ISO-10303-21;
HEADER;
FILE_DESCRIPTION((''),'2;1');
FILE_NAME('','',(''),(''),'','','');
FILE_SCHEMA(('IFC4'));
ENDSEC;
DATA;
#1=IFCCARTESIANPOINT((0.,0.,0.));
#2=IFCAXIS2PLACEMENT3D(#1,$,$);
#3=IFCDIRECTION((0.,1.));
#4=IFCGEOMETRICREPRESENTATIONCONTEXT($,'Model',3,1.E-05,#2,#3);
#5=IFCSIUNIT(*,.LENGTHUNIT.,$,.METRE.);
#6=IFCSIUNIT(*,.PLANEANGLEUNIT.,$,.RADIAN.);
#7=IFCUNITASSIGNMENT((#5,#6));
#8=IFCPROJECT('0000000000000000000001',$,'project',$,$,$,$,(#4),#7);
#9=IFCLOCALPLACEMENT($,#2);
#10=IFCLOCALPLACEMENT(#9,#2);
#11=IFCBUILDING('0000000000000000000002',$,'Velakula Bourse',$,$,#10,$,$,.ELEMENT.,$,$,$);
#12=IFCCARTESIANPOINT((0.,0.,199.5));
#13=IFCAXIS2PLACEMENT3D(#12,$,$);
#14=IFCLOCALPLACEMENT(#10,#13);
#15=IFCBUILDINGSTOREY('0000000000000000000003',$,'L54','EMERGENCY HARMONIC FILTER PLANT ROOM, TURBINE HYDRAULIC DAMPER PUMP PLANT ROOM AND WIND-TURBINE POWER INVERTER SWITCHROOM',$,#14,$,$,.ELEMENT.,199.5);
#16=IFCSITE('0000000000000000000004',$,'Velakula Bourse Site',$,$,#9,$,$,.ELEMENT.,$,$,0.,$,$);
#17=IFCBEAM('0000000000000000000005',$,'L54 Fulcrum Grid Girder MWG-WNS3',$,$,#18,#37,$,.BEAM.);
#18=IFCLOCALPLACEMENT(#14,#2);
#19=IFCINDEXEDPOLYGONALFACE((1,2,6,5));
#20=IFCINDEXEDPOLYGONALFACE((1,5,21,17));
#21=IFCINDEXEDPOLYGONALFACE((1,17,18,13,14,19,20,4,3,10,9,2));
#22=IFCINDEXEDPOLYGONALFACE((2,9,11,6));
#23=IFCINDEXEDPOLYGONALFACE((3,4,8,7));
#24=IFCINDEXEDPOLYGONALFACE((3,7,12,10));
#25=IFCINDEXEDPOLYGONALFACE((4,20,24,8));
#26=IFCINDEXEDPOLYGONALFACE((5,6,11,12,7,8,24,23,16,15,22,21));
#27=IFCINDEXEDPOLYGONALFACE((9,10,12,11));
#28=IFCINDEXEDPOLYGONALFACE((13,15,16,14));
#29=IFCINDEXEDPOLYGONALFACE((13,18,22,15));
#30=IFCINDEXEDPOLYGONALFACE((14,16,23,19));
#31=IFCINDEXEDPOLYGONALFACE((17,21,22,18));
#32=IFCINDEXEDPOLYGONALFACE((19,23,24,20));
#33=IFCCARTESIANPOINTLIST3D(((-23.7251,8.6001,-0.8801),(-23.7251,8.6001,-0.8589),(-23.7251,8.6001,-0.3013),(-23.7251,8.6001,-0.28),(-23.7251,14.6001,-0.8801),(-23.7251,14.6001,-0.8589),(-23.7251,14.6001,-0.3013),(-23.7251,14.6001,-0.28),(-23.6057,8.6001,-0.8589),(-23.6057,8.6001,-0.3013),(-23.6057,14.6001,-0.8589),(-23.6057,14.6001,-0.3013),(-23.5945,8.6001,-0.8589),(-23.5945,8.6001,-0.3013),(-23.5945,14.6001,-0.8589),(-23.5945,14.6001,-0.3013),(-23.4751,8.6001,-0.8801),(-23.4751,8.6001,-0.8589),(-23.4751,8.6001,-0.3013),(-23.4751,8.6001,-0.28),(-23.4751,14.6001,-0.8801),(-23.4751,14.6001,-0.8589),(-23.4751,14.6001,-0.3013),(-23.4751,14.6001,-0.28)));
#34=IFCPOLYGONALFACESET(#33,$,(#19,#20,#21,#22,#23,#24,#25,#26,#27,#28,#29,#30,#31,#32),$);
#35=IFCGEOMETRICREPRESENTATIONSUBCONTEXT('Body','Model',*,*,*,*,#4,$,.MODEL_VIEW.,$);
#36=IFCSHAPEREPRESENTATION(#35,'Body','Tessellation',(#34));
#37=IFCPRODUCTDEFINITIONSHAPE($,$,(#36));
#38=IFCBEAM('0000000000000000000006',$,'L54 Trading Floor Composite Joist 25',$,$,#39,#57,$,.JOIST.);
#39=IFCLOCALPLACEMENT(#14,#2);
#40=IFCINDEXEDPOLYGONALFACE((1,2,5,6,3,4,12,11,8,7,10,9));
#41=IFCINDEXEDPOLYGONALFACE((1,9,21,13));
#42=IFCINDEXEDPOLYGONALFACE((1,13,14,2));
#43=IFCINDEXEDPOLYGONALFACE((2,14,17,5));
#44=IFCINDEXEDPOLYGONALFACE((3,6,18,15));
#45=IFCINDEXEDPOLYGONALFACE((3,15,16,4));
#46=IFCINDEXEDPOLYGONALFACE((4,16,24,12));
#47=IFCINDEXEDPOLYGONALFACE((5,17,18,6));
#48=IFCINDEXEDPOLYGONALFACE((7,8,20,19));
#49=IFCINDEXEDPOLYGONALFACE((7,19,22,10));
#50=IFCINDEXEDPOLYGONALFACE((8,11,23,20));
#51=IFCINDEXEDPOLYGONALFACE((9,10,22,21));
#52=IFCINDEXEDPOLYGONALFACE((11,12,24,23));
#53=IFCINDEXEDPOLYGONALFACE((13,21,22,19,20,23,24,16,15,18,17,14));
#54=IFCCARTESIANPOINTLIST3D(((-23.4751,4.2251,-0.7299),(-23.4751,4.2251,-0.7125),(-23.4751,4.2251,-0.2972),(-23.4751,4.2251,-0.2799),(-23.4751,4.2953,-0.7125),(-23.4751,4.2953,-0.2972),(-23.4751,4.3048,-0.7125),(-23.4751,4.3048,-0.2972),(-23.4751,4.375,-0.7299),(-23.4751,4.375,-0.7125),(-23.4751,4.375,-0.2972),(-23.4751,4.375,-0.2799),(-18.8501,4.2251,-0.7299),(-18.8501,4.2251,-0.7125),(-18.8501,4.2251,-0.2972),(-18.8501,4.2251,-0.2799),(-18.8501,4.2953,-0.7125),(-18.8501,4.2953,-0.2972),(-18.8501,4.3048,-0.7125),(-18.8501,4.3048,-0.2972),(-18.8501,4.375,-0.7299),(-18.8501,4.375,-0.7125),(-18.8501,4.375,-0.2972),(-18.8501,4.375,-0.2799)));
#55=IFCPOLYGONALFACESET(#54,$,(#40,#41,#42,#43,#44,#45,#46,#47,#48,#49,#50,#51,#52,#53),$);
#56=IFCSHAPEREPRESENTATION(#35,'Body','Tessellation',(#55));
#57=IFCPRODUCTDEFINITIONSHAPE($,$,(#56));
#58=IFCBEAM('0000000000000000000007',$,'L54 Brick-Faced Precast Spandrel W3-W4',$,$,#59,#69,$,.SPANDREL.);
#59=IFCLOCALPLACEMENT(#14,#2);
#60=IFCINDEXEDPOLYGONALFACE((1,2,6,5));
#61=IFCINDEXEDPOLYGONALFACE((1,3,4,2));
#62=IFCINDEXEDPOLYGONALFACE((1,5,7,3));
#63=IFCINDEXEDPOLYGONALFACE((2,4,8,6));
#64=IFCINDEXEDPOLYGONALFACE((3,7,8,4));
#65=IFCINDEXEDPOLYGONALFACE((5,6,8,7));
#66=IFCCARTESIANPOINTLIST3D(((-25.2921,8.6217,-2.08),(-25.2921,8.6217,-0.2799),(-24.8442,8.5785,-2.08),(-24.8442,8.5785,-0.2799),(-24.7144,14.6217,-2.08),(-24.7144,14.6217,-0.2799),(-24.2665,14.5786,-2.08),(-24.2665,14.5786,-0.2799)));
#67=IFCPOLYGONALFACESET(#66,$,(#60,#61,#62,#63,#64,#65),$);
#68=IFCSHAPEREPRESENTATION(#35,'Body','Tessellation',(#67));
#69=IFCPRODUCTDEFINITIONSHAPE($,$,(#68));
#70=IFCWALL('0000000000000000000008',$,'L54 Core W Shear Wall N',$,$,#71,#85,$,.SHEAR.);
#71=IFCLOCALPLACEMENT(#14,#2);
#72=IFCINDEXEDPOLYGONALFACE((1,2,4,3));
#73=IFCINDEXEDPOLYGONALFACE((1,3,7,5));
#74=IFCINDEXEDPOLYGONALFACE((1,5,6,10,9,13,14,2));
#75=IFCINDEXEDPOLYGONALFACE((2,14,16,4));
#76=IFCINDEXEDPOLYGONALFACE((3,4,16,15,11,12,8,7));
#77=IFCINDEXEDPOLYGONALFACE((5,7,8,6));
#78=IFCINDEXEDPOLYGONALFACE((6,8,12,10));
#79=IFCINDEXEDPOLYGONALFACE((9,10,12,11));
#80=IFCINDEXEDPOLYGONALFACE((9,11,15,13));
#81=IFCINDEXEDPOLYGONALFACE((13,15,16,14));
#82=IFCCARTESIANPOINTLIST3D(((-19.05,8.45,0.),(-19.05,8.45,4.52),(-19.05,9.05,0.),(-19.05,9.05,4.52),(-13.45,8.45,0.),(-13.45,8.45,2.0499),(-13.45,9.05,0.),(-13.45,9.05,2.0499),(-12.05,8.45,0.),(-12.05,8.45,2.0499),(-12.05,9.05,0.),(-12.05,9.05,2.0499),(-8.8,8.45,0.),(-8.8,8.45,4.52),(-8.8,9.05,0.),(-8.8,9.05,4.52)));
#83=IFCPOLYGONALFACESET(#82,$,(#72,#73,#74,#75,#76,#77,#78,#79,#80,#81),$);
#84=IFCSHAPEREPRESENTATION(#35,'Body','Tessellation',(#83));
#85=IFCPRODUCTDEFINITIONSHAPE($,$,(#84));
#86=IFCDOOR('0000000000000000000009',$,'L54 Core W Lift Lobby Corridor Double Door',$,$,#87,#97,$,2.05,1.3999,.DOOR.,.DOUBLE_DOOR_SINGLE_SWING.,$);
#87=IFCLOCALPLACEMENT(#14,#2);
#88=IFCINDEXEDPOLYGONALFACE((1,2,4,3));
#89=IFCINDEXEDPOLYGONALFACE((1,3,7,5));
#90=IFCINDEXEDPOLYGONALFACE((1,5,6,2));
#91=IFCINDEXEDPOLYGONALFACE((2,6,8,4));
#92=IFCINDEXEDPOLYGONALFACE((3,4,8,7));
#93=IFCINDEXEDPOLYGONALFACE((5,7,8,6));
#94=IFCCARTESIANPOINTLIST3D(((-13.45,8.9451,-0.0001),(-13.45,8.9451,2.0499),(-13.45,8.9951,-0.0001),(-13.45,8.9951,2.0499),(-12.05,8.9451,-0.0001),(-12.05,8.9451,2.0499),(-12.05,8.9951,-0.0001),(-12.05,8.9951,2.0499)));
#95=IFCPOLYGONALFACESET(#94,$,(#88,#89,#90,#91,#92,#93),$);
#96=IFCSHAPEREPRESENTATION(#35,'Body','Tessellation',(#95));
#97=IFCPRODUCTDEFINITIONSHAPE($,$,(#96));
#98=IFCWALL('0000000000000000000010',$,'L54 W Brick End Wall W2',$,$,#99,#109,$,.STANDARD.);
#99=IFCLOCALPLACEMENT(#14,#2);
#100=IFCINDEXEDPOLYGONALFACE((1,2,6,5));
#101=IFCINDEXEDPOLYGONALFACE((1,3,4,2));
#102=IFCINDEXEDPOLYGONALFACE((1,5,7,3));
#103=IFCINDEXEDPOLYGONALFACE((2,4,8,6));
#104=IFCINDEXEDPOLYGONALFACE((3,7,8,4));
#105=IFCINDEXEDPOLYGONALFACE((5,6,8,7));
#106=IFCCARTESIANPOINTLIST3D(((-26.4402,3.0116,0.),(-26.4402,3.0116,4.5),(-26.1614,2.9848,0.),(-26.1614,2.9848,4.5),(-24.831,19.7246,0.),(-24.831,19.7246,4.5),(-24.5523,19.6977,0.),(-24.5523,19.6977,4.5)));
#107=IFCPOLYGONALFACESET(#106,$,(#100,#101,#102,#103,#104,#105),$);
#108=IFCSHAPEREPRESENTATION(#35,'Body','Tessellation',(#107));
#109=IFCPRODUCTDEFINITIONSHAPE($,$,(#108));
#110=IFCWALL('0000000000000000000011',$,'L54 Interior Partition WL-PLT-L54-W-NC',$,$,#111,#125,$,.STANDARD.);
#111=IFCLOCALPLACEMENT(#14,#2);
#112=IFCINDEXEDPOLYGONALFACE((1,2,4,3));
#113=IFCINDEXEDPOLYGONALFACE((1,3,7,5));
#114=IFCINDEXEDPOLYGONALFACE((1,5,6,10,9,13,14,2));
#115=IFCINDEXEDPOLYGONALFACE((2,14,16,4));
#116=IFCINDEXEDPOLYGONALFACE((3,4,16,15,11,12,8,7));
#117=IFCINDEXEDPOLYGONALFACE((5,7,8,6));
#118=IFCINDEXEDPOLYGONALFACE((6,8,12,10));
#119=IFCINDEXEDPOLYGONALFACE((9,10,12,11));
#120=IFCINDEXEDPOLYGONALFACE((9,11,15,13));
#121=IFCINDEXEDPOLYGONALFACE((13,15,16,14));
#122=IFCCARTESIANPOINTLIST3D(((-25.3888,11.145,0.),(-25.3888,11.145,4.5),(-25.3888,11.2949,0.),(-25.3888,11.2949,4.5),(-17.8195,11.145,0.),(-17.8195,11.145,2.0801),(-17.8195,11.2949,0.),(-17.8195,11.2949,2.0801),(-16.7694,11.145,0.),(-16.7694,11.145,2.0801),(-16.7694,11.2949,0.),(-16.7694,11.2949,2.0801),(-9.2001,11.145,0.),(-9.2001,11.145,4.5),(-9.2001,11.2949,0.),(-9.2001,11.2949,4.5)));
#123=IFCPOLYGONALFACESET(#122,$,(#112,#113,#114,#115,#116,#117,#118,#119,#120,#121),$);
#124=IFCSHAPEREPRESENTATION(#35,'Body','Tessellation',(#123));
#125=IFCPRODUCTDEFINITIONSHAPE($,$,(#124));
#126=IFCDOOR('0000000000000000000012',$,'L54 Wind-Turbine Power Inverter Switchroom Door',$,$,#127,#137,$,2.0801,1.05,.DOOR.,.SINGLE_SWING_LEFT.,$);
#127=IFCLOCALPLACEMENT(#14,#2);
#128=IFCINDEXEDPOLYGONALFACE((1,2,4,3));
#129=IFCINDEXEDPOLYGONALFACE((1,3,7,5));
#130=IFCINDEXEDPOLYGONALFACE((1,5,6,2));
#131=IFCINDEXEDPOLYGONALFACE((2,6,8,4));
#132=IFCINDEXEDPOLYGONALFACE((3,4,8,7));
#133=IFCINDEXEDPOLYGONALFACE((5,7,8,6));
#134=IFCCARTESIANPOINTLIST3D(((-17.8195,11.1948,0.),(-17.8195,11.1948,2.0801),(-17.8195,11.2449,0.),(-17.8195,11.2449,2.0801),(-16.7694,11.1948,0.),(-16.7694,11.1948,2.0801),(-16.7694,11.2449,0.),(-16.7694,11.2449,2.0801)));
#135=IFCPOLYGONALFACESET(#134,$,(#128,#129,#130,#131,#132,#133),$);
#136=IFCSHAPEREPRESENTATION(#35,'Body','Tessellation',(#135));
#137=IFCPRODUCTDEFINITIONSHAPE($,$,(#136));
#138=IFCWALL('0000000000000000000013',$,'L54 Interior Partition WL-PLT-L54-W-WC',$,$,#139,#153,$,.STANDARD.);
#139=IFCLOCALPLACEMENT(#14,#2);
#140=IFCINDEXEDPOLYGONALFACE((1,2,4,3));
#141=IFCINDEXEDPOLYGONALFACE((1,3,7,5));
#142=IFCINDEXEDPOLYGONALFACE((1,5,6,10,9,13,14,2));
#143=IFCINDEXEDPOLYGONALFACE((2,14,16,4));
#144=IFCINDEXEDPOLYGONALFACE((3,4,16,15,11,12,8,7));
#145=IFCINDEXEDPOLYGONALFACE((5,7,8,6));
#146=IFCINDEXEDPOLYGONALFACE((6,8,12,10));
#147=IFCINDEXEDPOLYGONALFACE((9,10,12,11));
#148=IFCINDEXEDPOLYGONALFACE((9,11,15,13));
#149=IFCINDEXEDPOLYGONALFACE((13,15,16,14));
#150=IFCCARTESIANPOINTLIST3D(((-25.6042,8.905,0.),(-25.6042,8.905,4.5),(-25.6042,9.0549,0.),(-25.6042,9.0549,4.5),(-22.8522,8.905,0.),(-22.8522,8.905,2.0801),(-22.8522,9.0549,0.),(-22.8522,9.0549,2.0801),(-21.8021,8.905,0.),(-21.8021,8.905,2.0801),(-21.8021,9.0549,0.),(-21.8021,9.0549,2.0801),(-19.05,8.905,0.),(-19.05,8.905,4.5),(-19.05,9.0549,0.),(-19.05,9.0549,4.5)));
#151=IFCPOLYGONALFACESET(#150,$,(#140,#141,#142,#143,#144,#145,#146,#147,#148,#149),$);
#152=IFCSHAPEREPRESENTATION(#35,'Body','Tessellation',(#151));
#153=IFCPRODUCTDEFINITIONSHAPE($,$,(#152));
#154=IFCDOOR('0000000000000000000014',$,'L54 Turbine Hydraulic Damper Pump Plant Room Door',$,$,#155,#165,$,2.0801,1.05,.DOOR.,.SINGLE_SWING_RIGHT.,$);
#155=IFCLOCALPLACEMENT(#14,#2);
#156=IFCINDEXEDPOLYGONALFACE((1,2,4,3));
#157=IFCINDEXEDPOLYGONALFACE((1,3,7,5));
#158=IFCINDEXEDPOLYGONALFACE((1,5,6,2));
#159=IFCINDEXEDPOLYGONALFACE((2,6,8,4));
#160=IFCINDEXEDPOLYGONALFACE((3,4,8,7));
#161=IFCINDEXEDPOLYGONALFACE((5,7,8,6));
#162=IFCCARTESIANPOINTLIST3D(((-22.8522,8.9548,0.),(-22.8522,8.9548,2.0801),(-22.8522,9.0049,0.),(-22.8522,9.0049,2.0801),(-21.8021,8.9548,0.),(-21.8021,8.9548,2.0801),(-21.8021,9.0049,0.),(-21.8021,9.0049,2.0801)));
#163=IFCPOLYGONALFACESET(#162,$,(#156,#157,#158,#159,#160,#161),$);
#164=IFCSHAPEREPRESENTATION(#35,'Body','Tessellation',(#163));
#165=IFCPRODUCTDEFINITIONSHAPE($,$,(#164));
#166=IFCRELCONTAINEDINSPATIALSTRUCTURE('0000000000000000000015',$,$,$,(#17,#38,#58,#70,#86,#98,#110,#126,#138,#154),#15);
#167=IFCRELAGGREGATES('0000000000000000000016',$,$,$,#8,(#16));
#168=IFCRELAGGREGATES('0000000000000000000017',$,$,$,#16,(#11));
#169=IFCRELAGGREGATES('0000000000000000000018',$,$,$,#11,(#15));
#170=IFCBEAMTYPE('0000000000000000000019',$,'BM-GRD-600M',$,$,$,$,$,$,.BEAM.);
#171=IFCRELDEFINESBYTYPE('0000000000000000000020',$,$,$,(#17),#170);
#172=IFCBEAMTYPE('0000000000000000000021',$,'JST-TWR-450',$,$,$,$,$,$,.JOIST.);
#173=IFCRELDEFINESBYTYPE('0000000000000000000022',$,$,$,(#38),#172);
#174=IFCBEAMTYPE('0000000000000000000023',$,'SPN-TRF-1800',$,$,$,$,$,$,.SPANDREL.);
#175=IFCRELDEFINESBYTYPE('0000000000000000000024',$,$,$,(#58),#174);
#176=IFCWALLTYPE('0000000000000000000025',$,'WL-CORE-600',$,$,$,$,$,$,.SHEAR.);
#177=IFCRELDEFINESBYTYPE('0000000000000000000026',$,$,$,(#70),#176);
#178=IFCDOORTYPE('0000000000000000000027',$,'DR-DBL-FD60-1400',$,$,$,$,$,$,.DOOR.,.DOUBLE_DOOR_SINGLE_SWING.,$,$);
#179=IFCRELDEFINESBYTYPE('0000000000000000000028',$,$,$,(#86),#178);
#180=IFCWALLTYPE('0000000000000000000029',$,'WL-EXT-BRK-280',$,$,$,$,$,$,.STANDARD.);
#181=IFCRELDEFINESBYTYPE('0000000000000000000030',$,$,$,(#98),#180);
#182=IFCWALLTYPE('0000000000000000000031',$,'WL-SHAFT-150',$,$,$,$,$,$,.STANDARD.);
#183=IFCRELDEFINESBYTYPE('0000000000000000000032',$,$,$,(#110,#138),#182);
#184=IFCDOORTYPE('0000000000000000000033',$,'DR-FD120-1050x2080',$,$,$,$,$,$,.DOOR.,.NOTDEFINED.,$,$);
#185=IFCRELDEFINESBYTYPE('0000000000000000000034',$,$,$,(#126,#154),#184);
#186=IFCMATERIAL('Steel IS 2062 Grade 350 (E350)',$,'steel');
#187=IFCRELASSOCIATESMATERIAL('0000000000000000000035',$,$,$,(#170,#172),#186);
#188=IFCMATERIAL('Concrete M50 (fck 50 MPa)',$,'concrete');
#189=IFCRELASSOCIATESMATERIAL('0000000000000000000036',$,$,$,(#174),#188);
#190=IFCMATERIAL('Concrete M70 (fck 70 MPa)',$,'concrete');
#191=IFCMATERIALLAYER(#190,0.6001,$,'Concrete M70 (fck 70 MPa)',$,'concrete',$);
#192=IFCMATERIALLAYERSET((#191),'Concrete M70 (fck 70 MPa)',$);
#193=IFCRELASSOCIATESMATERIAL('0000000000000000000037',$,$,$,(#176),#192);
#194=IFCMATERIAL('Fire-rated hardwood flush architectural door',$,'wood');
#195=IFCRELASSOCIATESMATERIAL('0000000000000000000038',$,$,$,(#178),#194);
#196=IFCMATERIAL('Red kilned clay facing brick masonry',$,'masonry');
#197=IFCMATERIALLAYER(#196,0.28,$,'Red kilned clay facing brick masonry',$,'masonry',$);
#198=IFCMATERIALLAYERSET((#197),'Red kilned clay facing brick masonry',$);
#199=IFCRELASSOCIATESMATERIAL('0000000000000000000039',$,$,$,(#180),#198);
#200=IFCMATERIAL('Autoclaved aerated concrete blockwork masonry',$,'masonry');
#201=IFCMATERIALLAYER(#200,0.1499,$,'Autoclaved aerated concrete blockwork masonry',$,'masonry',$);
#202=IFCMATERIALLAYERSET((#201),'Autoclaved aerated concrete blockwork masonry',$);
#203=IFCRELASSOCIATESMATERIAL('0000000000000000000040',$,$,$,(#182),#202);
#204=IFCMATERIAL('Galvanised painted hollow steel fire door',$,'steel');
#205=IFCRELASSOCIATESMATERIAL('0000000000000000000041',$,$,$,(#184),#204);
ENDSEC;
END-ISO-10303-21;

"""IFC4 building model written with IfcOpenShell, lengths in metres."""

from ifc_helpers import new_model, si_unit, direction, frame, frame_2d, origin, origin_2d, place, context, subcontext, project, spatial, rectangle, i_section, extrude, material, layer, layer_set, material_profile, profile_set, type_object, element, fill, save


model = new_model("IFC4")

# Units and contexts
model_context = context("Model", 3, precision=1e-05, world=origin(), true_north=direction((0.0, 1.0)))
body_context = subcontext(model_context, "Body", "Model", "MODEL_VIEW")
ifc_project = project(units=[si_unit("LENGTHUNIT", "METRE"), si_unit("PLANEANGLEUNIT", "RADIAN")], contexts=[model_context])

# Site, building, storey
site_placement = place(None, origin())
site = spatial("IfcSite", under=ifc_project, at=site_placement, Name="Velakula Bourse Site", CompositionType="ELEMENT", RefElevation=0.0)
building_placement = place(site_placement, origin())
building = spatial("IfcBuilding", under=site, at=building_placement, Name="Velakula Bourse", CompositionType="ELEMENT")
storey_placement = place(building_placement, frame((0.0, 0.0, 199.5)))
storey = spatial("IfcBuildingStorey", under=building, at=storey_placement, Name="L54", Description="EMERGENCY HARMONIC FILTER PLANT ROOM, TURBINE HYDRAULIC DAMPER PUMP PLANT ROOM AND WIND-TURBINE POWER INVERTER SWITCHROOM", CompositionType="ELEMENT", Elevation=199.5)

# Shared definitions
ifc_material_1 = material(Name="Concrete M70 (fck 70 MPa)", Category="concrete")
ifc_material_2 = material(Name="Steel IS 2062 Grade 350 (E350)", Category="steel")

# Beams
ifc_material_profile_1 = material_profile(ifc_material_2, i_section(OverallWidth=0.25, OverallDepth=0.6001, WebThickness=0.0112, FlangeThickness=0.0212, at=origin_2d()), Name="Steel IS 2062 Grade 350 (E350)")
ifc_profile_set_1 = profile_set([ifc_material_profile_1], Name="Steel IS 2062 Grade 350 (E350)")
beam_type_1 = type_object("IfcBeamType", Name="BM-GRD-600M", PredefinedType="BEAM", material=ifc_profile_set_1)
beam_1_placement = place(storey_placement, frame((-23.6001, 8.6001, -0.5801), z_axis=(0.0, 1.0, 0.0), x_axis=(-1.0, 0.0, 0.0)))
element("IfcBeam", 1, at=beam_1_placement, inside=storey, type_object=beam_type_1, Name="L54 Fulcrum Grid Girder MWG-WNS3", PredefinedType="BEAM", context=body_context, shape_type="SweptSolid", body=[
    extrude(i_section(OverallWidth=0.25, OverallDepth=0.6001, WebThickness=0.0112, FlangeThickness=0.0212, at=origin_2d()), origin(), (0.0, 0.0, 1.0), 6.0),
])
ifc_material_profile_2 = material_profile(ifc_material_2, i_section(OverallWidth=0.1499, OverallDepth=0.45, WebThickness=0.0095, FlangeThickness=0.0173, at=origin_2d()), Name="Steel IS 2062 Grade 350 (E350)")
ifc_profile_set_2 = profile_set([ifc_material_profile_2], Name="Steel IS 2062 Grade 350 (E350)")
beam_type_2 = type_object("IfcBeamType", Name="JST-TWR-450", PredefinedType="JOIST", material=ifc_profile_set_2)
beam_2_placement = place(storey_placement, frame((-23.4751, 4.3, -0.5049), z_axis=(1.0, 0.0, 0.0), x_axis=(0.0, 1.0, 0.0)))
element("IfcBeam", 2, at=beam_2_placement, inside=storey, type_object=beam_type_2, Name="L54 Trading Floor Composite Joist 25", PredefinedType="JOIST", context=body_context, shape_type="SweptSolid", body=[
    extrude(i_section(OverallWidth=0.1499, OverallDepth=0.45, WebThickness=0.0095, FlangeThickness=0.0173, at=origin_2d()), origin(), (0.0, 0.0, 1.0), 4.625),
])
ifc_material_3 = material(Name="Concrete M50 (fck 50 MPa)", Category="concrete")
ifc_material_profile_3 = material_profile(ifc_material_3, rectangle(XDim=0.45, YDim=1.8, at=origin_2d()), Name="Concrete M50 (fck 50 MPa)")
ifc_profile_set_3 = profile_set([ifc_material_profile_3], Name="Concrete M50 (fck 50 MPa)")
beam_type_3 = type_object("IfcBeamType", Name="SPN-TRF-1800", PredefinedType="SPANDREL", material=ifc_profile_set_3)
beam_3_placement = place(storey_placement, frame((-25.0681, 8.6001, -1.1799), z_axis=(0.09583, 0.995398, 0.0), x_axis=(-0.995398, 0.09583, 0.0)))
element("IfcBeam", 3, at=beam_3_placement, inside=storey, type_object=beam_type_3, Name="L54 Brick-Faced Precast Spandrel W3-W4", PredefinedType="SPANDREL", context=body_context, shape_type="SweptSolid", body=[
    extrude(rectangle(XDim=0.45, YDim=1.8, at=origin_2d()), origin(), (0.0, 0.0, 1.0), 6.0278),
])

# Wall, opening, door
ifc_layer_1 = layer(ifc_material_1, 0.6001, Name="Concrete M70 (fck 70 MPa)", Category="concrete")
ifc_layer_set_1 = layer_set([ifc_layer_1], Name="Concrete M70 (fck 70 MPa)")
wall_type_1 = type_object("IfcWallType", Name="WL-CORE-600", PredefinedType="SHEAR", material=ifc_layer_set_1)
wall_1_placement = place(storey_placement, frame((-19.05, 8.75, 0.0), z_axis=(0.0, 0.0, 1.0), x_axis=(1.0, 0.0, 0.0)))
wall_1 = element("IfcWall", 4, at=wall_1_placement, inside=storey, type_object=wall_type_1, Name="L54 Core W Shear Wall N", PredefinedType="SHEAR", context=body_context, shape_type="SweptSolid", body=[
    extrude(rectangle(XDim=10.25, YDim=0.6001, at=frame_2d((5.125, 0.0))), origin(), (0.0, 0.0, 1.0), 4.52),
])
opening_1_placement = place(wall_1_placement, frame((5.6001, 0.0, 0.0)))
opening_1 = element("IfcOpeningElement", 5, at=opening_1_placement, cuts=wall_1, PredefinedType="OPENING", context=body_context, shape_type="SweptSolid", body=[
    extrude(rectangle(XDim=1.3999, YDim=2.05, at=frame_2d((0.7, 1.0249))), frame((0.0, 0.3101, 0.0), z_axis=(0.0, -1.0, 0.0), x_axis=(1.0, 0.0, 0.0)), (0.0, 0.0, 1.0), 0.6201),
])
ifc_material_4 = material(Name="Fire-rated hardwood flush architectural door", Category="wood")
door_type_1 = type_object("IfcDoorType", Name="DR-DBL-FD60-1400", OperationType="DOUBLE_DOOR_SINGLE_SWING", PredefinedType="DOOR", material=ifc_material_4)
door_1_placement = place(opening_1_placement, origin())
door_1 = element("IfcDoor", 6, at=door_1_placement, inside=storey, type_object=door_type_1, Name="L54 Core W Lift Lobby Corridor Double Door", OperationType="DOUBLE_DOOR_SINGLE_SWING", OverallHeight=2.05, OverallWidth=1.3999, PredefinedType="DOOR", context=body_context, shape_type="SweptSolid", body=[
    extrude(rectangle(XDim=1.3999, YDim=2.05, at=frame_2d((0.7, 1.0249))), frame((0.0, 0.2451, 0.0), z_axis=(0.0, -1.0, 0.0), x_axis=(1.0, 0.0, 0.0)), (0.0, 0.0, 1.0), 0.05),
])
fill(opening_1, door_1)

# Wall
ifc_material_5 = material(Name="Red kilned clay facing brick masonry", Category="masonry")
ifc_layer_2 = layer(ifc_material_5, 0.28, Name="Red kilned clay facing brick masonry", Category="masonry")
ifc_layer_set_2 = layer_set([ifc_layer_2], Name="Red kilned clay facing brick masonry")
wall_type_2 = type_object("IfcWallType", Name="WL-EXT-BRK-280", PredefinedType="STANDARD", material=ifc_layer_set_2)
wall_2_placement = place(storey_placement, frame((-26.3008, 2.9983, 0.0), z_axis=(0.0, 0.0, 1.0), x_axis=(0.095838, 0.995397, 0.0)))
element("IfcWall", 7, at=wall_2_placement, inside=storey, type_object=wall_type_2, Name="L54 W Brick End Wall W2", PredefinedType="STANDARD", context=body_context, shape_type="SweptSolid", body=[
    extrude(rectangle(XDim=16.7903, YDim=0.28, at=frame_2d((8.395, 0.0))), origin(), (0.0, 0.0, 1.0), 4.5),
])

# Walls, openings, doors
ifc_material_6 = material(Name="Autoclaved aerated concrete blockwork masonry", Category="masonry")
ifc_layer_3 = layer(ifc_material_6, 0.1499, Name="Autoclaved aerated concrete blockwork masonry", Category="masonry")
ifc_layer_set_3 = layer_set([ifc_layer_3], Name="Autoclaved aerated concrete blockwork masonry")
wall_type_3 = type_object("IfcWallType", Name="WL-SHAFT-150", PredefinedType="STANDARD", material=ifc_layer_set_3)
wall_3_placement = place(storey_placement, frame((-25.3887, 11.22, 0.0), z_axis=(0.0, 0.0, 1.0), x_axis=(1.0, 0.0, 0.0)))
wall_3 = element("IfcWall", 8, at=wall_3_placement, inside=storey, type_object=wall_type_3, Name="L54 Interior Partition WL-PLT-L54-W-NC", PredefinedType="STANDARD", context=body_context, shape_type="SweptSolid", body=[
    extrude(rectangle(XDim=16.1887, YDim=0.1499, at=frame_2d((8.0942, 0.0))), origin(), (0.0, 0.0, 1.0), 4.5),
])
opening_2_placement = place(wall_3_placement, frame((7.5693, 0.0, 0.0)))
opening_2 = element("IfcOpeningElement", 9, at=opening_2_placement, cuts=wall_3, PredefinedType="OPENING", context=body_context, shape_type="SweptSolid", body=[
    extrude(rectangle(XDim=1.05, YDim=2.0801, at=frame_2d((0.5249, 1.04))), frame((0.0, 0.085, 0.0), z_axis=(0.0, -1.0, 0.0), x_axis=(1.0, 0.0, 0.0)), (0.0, 0.0, 1.0), 0.1699),
])
ifc_material_7 = material(Name="Galvanised painted hollow steel fire door", Category="steel")
door_type_2 = type_object("IfcDoorType", Name="DR-FD120-1050x2080", OperationType="NOTDEFINED", PredefinedType="DOOR", material=ifc_material_7)
door_2_placement = place(opening_2_placement, origin())
door_2 = element("IfcDoor", 10, at=door_2_placement, inside=storey, type_object=door_type_2, Name="L54 Wind-Turbine Power Inverter Switchroom Door", OperationType="SINGLE_SWING_LEFT", OverallHeight=2.0801, OverallWidth=1.05, PredefinedType="DOOR", context=body_context, shape_type="SweptSolid", body=[
    extrude(rectangle(XDim=1.05, YDim=2.0801, at=frame_2d((0.5249, 1.04))), frame((0.0, 0.0249, 0.0), z_axis=(0.0, -1.0, 0.0), x_axis=(1.0, 0.0, 0.0)), (0.0, 0.0, 1.0), 0.05),
])
fill(opening_2, door_2)
wall_4_placement = place(storey_placement, frame((-25.6042, 8.98, 0.0), z_axis=(0.0, 0.0, 1.0), x_axis=(1.0, 0.0, 0.0)))
wall_4 = element("IfcWall", 11, at=wall_4_placement, inside=storey, type_object=wall_type_3, Name="L54 Interior Partition WL-PLT-L54-W-WC", PredefinedType="STANDARD", context=body_context, shape_type="SweptSolid", body=[
    extrude(rectangle(XDim=6.5542, YDim=0.1499, at=frame_2d((3.2771, 0.0))), origin(), (0.0, 0.0, 1.0), 4.5),
])
opening_3_placement = place(wall_4_placement, frame((2.7522, 0.0, 0.0)))
opening_3 = element("IfcOpeningElement", 12, at=opening_3_placement, cuts=wall_4, PredefinedType="OPENING", context=body_context, shape_type="SweptSolid", body=[
    extrude(rectangle(XDim=1.05, YDim=2.0801, at=frame_2d((0.5249, 1.04))), frame((0.0, 0.085, 0.0), z_axis=(0.0, -1.0, 0.0), x_axis=(1.0, 0.0, 0.0)), (0.0, 0.0, 1.0), 0.1699),
])
door_3_placement = place(opening_3_placement, origin())
door_3 = element("IfcDoor", 13, at=door_3_placement, inside=storey, type_object=door_type_2, Name="L54 Turbine Hydraulic Damper Pump Plant Room Door", OperationType="SINGLE_SWING_RIGHT", OverallHeight=2.0801, OverallWidth=1.05, PredefinedType="DOOR", context=body_context, shape_type="SweptSolid", body=[
    extrude(rectangle(XDim=1.05, YDim=2.0801, at=frame_2d((0.5249, 1.04))), frame((0.0, 0.0249, 0.0), z_axis=(0.0, -1.0, 0.0), x_axis=(1.0, 0.0, 0.0)), (0.0, 0.0, 1.0), 0.05),
])
fill(opening_3, door_3)

save(model, "model.ifc")
